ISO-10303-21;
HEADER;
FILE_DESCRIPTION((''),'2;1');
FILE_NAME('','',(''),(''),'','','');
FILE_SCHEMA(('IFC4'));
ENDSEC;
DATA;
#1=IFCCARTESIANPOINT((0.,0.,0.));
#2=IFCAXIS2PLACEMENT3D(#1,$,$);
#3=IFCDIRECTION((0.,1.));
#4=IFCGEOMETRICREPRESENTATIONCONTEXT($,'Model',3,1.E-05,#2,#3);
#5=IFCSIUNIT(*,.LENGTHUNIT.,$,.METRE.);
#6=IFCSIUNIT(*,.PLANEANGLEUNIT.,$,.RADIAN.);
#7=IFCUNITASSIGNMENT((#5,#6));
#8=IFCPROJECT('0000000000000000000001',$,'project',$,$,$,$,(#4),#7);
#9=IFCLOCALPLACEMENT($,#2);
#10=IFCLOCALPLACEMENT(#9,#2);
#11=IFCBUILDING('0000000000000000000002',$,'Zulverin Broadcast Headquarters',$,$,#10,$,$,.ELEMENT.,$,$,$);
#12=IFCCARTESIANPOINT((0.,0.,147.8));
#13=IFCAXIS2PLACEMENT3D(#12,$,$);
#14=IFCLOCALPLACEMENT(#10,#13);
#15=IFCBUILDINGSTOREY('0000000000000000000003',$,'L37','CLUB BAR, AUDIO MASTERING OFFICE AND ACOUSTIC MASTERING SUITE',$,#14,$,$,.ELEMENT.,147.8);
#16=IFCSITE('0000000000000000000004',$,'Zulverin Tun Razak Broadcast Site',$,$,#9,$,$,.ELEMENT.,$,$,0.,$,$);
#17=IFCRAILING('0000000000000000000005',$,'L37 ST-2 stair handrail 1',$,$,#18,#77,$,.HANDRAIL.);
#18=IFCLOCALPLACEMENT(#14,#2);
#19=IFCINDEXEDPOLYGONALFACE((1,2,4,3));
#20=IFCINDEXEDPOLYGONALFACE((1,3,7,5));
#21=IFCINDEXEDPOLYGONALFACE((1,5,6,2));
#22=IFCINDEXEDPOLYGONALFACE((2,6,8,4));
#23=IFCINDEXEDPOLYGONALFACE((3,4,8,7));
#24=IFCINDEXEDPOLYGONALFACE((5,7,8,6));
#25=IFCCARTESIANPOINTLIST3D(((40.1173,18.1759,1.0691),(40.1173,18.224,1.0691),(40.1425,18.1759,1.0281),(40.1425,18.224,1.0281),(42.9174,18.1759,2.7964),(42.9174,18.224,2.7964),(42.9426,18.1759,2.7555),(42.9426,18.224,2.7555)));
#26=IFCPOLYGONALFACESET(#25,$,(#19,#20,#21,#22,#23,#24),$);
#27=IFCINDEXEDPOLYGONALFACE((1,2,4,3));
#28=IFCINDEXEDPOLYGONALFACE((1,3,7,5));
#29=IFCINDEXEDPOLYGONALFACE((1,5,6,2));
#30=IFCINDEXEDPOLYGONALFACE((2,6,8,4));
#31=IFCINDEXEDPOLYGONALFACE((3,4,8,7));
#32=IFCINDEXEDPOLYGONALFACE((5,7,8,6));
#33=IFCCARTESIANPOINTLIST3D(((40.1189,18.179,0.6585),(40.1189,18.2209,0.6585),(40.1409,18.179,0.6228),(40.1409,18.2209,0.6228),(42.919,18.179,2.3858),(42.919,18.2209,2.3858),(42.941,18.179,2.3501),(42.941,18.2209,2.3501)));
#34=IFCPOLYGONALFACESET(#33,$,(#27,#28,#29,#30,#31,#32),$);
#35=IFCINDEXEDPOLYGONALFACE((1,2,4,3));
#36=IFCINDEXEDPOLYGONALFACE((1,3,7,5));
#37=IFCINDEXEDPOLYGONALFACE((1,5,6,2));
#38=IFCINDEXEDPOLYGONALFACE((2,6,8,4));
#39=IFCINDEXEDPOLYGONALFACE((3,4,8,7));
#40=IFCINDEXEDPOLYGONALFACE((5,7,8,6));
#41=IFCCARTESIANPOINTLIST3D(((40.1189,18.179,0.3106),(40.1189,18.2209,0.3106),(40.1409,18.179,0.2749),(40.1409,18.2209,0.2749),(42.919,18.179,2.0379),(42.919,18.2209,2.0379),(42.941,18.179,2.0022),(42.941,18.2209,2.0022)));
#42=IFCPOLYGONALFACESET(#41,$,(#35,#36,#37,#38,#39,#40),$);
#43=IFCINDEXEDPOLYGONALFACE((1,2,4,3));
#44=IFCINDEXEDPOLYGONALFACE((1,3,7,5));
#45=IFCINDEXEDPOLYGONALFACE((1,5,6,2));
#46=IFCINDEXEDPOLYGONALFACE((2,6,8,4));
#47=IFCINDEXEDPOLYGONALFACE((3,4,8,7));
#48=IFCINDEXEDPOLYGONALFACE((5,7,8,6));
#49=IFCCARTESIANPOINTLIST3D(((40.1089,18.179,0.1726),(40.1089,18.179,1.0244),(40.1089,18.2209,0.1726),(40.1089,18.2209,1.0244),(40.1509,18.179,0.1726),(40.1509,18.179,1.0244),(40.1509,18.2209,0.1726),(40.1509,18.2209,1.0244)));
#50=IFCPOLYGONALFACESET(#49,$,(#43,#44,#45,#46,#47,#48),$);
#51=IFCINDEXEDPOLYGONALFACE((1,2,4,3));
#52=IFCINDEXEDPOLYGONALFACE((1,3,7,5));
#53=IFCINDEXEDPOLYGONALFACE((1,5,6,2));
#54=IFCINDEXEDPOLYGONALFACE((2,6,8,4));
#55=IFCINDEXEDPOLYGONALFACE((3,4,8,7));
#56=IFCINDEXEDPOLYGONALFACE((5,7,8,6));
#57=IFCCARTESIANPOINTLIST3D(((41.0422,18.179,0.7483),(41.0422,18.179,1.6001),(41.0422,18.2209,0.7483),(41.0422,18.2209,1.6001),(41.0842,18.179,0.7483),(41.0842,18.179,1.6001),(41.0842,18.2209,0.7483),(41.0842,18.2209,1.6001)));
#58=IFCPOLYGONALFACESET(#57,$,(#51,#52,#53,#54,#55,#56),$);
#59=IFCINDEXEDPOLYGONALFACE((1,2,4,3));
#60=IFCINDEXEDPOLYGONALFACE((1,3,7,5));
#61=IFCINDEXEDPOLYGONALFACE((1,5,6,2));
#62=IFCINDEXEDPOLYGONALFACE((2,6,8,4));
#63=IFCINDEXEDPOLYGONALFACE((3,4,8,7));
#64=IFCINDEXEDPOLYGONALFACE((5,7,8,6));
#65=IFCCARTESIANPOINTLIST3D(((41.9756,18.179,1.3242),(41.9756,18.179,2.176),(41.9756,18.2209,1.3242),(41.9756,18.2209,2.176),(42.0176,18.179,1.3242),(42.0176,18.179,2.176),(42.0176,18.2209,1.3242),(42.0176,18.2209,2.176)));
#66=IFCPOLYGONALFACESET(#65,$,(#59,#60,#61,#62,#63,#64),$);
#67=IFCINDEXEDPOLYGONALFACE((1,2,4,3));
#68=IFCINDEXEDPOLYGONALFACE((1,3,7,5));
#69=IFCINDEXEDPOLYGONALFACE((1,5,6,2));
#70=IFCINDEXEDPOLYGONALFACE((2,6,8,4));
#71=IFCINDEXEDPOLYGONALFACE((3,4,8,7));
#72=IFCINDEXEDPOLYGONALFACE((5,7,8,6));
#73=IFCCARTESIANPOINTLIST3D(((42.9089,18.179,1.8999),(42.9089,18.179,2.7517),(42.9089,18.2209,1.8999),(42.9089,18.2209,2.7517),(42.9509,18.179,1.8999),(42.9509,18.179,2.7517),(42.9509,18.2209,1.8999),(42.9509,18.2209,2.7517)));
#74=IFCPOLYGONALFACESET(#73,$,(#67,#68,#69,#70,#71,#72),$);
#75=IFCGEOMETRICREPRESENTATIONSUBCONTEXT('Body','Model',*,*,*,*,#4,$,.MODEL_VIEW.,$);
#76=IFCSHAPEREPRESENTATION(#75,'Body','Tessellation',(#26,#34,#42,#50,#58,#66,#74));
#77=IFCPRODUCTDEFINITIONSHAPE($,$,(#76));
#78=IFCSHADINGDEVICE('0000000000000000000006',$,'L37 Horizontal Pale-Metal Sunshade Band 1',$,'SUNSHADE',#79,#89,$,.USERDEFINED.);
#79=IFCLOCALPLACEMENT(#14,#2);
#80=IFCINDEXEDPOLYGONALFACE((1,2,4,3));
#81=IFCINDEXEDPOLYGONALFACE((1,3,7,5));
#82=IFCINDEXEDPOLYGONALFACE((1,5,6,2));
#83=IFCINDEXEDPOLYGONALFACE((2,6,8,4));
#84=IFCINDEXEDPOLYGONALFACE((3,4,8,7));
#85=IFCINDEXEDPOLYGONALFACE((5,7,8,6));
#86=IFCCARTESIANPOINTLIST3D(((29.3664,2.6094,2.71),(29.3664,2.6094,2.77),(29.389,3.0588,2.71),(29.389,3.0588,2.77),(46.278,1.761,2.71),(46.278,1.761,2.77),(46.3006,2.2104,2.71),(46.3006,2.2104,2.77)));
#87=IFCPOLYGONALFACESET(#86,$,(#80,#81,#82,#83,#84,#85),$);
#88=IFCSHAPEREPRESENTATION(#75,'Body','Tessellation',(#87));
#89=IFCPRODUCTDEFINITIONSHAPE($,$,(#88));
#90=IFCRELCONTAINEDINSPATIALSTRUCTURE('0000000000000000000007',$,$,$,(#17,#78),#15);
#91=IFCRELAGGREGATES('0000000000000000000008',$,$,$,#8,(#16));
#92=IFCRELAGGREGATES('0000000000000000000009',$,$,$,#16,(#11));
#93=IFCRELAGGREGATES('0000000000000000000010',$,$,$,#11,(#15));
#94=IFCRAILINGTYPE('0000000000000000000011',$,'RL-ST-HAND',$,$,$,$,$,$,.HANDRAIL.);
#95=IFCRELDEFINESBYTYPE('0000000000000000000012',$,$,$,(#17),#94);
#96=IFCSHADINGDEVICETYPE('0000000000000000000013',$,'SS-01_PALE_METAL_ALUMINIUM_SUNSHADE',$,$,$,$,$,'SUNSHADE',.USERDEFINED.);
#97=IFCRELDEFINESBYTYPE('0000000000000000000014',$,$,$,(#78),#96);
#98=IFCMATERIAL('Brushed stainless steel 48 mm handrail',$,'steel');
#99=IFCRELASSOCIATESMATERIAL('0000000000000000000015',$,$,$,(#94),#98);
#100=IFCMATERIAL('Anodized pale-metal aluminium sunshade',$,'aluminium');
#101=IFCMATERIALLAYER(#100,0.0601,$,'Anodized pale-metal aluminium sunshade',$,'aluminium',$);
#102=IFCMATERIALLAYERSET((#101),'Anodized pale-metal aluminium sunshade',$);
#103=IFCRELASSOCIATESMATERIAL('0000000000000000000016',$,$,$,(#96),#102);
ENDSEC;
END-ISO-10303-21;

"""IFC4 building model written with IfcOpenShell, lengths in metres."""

from ifc_helpers import new_model, si_unit, direction, frame, origin, origin_2d, place, context, subcontext, project, spatial, rectangle, extrude, material, layer, layer_set, type_object, element, save


model = new_model("IFC4")

# Units and contexts
model_context = context("Model", 3, precision=1e-05, world=origin(), true_north=direction((0.0, 1.0)))
body_context = subcontext(model_context, "Body", "Model", "MODEL_VIEW")
ifc_project = project(units=[si_unit("LENGTHUNIT", "METRE"), si_unit("PLANEANGLEUNIT", "RADIAN")], contexts=[model_context])

# Site, building, storey
site_placement = place(None, origin())
site = spatial("IfcSite", under=ifc_project, at=site_placement, Name="Zulverin Tun Razak Broadcast Site", CompositionType="ELEMENT", RefElevation=0.0)
building_placement = place(site_placement, origin())
building = spatial("IfcBuilding", under=site, at=building_placement, Name="Zulverin Broadcast Headquarters", CompositionType="ELEMENT")
storey_placement = place(building_placement, frame((0.0, 0.0, 147.8)))
storey = spatial("IfcBuildingStorey", under=building, at=storey_placement, Name="L37", Description="CLUB BAR, AUDIO MASTERING OFFICE AND ACOUSTIC MASTERING SUITE", CompositionType="ELEMENT", Elevation=147.8)

# Railing
ifc_material_1 = material(Name="Brushed stainless steel 48 mm handrail", Category="steel")
railing_type_1 = type_object("IfcRailingType", Name="RL-ST-HAND", PredefinedType="HANDRAIL", material=ifc_material_1)
railing_1_placement = place(storey_placement, frame((40.1299, 18.2, 0.1726)))
element("IfcRailing", 1, at=railing_1_placement, inside=storey, type_object=railing_type_1, Name="L37 ST-2 stair handrail 1", PredefinedType="HANDRAIL", context=body_context, shape_type="SweptSolid", body=[
    extrude(rectangle(XDim=0.0481, YDim=0.0481, at=origin_2d()), frame((0.0, 0.0, 0.876), z_axis=(0.85109, 0.0, 0.52502), x_axis=(0.0, 1.0, 0.0)), (0.0, 0.0, 1.0), 3.29),
    extrude(rectangle(XDim=0.042, YDim=0.042, at=origin_2d()), frame((0.0, 0.0, 0.468), z_axis=(0.85109, 0.0, 0.52502), x_axis=(0.0, 1.0, 0.0)), (0.0, 0.0, 1.0), 3.29),
    extrude(rectangle(XDim=0.042, YDim=0.042, at=origin_2d()), frame((0.0, 0.0, 0.1201), z_axis=(0.85109, 0.0, 0.52502), x_axis=(0.0, 1.0, 0.0)), (0.0, 0.0, 1.0), 3.29),
    extrude(rectangle(XDim=0.042, YDim=0.042, at=origin_2d()), origin(), (0.0, 0.0, 1.0), 0.8518),
    extrude(rectangle(XDim=0.042, YDim=0.042, at=origin_2d()), frame((0.9333, 0.0, 0.5757)), (0.0, 0.0, 1.0), 0.8518),
    extrude(rectangle(XDim=0.042, YDim=0.042, at=origin_2d()), frame((1.8667, 0.0, 1.1516)), (0.0, 0.0, 1.0), 0.8518),
    extrude(rectangle(XDim=0.042, YDim=0.042, at=origin_2d()), frame((2.8, 0.0, 1.7273)), (0.0, 0.0, 1.0), 0.8518),
])

# Shading device
ifc_material_2 = material(Name="Anodized pale-metal aluminium sunshade", Category="aluminium")
ifc_layer_1 = layer(ifc_material_2, 0.0601, Name="Anodized pale-metal aluminium sunshade", Category="aluminium")
ifc_layer_set_1 = layer_set([ifc_layer_1], Name="Anodized pale-metal aluminium sunshade")
shading_device_type = type_object("IfcShadingDeviceType", Name="SS-01_PALE_METAL_ALUMINIUM_SUNSHADE", ElementType="SUNSHADE", PredefinedType="USERDEFINED", material=ifc_layer_set_1)
shading_device_placement = place(storey_placement, frame((37.8335, 2.4099, 2.71), z_axis=(0.0, 0.0, 1.0), x_axis=(0.998744, -0.050107, 0.0)))
element("IfcShadingDevice", 2, at=shading_device_placement, inside=storey, type_object=shading_device_type, Name="L37 Horizontal Pale-Metal Sunshade Band 1", ObjectType="SUNSHADE", PredefinedType="USERDEFINED", context=body_context, shape_type="SweptSolid", body=[
    extrude(rectangle(XDim=16.9329, YDim=0.45, at=origin_2d()), origin(), (0.0, 0.0, 1.0), 0.0601),
])

save(model, "model.ifc")
